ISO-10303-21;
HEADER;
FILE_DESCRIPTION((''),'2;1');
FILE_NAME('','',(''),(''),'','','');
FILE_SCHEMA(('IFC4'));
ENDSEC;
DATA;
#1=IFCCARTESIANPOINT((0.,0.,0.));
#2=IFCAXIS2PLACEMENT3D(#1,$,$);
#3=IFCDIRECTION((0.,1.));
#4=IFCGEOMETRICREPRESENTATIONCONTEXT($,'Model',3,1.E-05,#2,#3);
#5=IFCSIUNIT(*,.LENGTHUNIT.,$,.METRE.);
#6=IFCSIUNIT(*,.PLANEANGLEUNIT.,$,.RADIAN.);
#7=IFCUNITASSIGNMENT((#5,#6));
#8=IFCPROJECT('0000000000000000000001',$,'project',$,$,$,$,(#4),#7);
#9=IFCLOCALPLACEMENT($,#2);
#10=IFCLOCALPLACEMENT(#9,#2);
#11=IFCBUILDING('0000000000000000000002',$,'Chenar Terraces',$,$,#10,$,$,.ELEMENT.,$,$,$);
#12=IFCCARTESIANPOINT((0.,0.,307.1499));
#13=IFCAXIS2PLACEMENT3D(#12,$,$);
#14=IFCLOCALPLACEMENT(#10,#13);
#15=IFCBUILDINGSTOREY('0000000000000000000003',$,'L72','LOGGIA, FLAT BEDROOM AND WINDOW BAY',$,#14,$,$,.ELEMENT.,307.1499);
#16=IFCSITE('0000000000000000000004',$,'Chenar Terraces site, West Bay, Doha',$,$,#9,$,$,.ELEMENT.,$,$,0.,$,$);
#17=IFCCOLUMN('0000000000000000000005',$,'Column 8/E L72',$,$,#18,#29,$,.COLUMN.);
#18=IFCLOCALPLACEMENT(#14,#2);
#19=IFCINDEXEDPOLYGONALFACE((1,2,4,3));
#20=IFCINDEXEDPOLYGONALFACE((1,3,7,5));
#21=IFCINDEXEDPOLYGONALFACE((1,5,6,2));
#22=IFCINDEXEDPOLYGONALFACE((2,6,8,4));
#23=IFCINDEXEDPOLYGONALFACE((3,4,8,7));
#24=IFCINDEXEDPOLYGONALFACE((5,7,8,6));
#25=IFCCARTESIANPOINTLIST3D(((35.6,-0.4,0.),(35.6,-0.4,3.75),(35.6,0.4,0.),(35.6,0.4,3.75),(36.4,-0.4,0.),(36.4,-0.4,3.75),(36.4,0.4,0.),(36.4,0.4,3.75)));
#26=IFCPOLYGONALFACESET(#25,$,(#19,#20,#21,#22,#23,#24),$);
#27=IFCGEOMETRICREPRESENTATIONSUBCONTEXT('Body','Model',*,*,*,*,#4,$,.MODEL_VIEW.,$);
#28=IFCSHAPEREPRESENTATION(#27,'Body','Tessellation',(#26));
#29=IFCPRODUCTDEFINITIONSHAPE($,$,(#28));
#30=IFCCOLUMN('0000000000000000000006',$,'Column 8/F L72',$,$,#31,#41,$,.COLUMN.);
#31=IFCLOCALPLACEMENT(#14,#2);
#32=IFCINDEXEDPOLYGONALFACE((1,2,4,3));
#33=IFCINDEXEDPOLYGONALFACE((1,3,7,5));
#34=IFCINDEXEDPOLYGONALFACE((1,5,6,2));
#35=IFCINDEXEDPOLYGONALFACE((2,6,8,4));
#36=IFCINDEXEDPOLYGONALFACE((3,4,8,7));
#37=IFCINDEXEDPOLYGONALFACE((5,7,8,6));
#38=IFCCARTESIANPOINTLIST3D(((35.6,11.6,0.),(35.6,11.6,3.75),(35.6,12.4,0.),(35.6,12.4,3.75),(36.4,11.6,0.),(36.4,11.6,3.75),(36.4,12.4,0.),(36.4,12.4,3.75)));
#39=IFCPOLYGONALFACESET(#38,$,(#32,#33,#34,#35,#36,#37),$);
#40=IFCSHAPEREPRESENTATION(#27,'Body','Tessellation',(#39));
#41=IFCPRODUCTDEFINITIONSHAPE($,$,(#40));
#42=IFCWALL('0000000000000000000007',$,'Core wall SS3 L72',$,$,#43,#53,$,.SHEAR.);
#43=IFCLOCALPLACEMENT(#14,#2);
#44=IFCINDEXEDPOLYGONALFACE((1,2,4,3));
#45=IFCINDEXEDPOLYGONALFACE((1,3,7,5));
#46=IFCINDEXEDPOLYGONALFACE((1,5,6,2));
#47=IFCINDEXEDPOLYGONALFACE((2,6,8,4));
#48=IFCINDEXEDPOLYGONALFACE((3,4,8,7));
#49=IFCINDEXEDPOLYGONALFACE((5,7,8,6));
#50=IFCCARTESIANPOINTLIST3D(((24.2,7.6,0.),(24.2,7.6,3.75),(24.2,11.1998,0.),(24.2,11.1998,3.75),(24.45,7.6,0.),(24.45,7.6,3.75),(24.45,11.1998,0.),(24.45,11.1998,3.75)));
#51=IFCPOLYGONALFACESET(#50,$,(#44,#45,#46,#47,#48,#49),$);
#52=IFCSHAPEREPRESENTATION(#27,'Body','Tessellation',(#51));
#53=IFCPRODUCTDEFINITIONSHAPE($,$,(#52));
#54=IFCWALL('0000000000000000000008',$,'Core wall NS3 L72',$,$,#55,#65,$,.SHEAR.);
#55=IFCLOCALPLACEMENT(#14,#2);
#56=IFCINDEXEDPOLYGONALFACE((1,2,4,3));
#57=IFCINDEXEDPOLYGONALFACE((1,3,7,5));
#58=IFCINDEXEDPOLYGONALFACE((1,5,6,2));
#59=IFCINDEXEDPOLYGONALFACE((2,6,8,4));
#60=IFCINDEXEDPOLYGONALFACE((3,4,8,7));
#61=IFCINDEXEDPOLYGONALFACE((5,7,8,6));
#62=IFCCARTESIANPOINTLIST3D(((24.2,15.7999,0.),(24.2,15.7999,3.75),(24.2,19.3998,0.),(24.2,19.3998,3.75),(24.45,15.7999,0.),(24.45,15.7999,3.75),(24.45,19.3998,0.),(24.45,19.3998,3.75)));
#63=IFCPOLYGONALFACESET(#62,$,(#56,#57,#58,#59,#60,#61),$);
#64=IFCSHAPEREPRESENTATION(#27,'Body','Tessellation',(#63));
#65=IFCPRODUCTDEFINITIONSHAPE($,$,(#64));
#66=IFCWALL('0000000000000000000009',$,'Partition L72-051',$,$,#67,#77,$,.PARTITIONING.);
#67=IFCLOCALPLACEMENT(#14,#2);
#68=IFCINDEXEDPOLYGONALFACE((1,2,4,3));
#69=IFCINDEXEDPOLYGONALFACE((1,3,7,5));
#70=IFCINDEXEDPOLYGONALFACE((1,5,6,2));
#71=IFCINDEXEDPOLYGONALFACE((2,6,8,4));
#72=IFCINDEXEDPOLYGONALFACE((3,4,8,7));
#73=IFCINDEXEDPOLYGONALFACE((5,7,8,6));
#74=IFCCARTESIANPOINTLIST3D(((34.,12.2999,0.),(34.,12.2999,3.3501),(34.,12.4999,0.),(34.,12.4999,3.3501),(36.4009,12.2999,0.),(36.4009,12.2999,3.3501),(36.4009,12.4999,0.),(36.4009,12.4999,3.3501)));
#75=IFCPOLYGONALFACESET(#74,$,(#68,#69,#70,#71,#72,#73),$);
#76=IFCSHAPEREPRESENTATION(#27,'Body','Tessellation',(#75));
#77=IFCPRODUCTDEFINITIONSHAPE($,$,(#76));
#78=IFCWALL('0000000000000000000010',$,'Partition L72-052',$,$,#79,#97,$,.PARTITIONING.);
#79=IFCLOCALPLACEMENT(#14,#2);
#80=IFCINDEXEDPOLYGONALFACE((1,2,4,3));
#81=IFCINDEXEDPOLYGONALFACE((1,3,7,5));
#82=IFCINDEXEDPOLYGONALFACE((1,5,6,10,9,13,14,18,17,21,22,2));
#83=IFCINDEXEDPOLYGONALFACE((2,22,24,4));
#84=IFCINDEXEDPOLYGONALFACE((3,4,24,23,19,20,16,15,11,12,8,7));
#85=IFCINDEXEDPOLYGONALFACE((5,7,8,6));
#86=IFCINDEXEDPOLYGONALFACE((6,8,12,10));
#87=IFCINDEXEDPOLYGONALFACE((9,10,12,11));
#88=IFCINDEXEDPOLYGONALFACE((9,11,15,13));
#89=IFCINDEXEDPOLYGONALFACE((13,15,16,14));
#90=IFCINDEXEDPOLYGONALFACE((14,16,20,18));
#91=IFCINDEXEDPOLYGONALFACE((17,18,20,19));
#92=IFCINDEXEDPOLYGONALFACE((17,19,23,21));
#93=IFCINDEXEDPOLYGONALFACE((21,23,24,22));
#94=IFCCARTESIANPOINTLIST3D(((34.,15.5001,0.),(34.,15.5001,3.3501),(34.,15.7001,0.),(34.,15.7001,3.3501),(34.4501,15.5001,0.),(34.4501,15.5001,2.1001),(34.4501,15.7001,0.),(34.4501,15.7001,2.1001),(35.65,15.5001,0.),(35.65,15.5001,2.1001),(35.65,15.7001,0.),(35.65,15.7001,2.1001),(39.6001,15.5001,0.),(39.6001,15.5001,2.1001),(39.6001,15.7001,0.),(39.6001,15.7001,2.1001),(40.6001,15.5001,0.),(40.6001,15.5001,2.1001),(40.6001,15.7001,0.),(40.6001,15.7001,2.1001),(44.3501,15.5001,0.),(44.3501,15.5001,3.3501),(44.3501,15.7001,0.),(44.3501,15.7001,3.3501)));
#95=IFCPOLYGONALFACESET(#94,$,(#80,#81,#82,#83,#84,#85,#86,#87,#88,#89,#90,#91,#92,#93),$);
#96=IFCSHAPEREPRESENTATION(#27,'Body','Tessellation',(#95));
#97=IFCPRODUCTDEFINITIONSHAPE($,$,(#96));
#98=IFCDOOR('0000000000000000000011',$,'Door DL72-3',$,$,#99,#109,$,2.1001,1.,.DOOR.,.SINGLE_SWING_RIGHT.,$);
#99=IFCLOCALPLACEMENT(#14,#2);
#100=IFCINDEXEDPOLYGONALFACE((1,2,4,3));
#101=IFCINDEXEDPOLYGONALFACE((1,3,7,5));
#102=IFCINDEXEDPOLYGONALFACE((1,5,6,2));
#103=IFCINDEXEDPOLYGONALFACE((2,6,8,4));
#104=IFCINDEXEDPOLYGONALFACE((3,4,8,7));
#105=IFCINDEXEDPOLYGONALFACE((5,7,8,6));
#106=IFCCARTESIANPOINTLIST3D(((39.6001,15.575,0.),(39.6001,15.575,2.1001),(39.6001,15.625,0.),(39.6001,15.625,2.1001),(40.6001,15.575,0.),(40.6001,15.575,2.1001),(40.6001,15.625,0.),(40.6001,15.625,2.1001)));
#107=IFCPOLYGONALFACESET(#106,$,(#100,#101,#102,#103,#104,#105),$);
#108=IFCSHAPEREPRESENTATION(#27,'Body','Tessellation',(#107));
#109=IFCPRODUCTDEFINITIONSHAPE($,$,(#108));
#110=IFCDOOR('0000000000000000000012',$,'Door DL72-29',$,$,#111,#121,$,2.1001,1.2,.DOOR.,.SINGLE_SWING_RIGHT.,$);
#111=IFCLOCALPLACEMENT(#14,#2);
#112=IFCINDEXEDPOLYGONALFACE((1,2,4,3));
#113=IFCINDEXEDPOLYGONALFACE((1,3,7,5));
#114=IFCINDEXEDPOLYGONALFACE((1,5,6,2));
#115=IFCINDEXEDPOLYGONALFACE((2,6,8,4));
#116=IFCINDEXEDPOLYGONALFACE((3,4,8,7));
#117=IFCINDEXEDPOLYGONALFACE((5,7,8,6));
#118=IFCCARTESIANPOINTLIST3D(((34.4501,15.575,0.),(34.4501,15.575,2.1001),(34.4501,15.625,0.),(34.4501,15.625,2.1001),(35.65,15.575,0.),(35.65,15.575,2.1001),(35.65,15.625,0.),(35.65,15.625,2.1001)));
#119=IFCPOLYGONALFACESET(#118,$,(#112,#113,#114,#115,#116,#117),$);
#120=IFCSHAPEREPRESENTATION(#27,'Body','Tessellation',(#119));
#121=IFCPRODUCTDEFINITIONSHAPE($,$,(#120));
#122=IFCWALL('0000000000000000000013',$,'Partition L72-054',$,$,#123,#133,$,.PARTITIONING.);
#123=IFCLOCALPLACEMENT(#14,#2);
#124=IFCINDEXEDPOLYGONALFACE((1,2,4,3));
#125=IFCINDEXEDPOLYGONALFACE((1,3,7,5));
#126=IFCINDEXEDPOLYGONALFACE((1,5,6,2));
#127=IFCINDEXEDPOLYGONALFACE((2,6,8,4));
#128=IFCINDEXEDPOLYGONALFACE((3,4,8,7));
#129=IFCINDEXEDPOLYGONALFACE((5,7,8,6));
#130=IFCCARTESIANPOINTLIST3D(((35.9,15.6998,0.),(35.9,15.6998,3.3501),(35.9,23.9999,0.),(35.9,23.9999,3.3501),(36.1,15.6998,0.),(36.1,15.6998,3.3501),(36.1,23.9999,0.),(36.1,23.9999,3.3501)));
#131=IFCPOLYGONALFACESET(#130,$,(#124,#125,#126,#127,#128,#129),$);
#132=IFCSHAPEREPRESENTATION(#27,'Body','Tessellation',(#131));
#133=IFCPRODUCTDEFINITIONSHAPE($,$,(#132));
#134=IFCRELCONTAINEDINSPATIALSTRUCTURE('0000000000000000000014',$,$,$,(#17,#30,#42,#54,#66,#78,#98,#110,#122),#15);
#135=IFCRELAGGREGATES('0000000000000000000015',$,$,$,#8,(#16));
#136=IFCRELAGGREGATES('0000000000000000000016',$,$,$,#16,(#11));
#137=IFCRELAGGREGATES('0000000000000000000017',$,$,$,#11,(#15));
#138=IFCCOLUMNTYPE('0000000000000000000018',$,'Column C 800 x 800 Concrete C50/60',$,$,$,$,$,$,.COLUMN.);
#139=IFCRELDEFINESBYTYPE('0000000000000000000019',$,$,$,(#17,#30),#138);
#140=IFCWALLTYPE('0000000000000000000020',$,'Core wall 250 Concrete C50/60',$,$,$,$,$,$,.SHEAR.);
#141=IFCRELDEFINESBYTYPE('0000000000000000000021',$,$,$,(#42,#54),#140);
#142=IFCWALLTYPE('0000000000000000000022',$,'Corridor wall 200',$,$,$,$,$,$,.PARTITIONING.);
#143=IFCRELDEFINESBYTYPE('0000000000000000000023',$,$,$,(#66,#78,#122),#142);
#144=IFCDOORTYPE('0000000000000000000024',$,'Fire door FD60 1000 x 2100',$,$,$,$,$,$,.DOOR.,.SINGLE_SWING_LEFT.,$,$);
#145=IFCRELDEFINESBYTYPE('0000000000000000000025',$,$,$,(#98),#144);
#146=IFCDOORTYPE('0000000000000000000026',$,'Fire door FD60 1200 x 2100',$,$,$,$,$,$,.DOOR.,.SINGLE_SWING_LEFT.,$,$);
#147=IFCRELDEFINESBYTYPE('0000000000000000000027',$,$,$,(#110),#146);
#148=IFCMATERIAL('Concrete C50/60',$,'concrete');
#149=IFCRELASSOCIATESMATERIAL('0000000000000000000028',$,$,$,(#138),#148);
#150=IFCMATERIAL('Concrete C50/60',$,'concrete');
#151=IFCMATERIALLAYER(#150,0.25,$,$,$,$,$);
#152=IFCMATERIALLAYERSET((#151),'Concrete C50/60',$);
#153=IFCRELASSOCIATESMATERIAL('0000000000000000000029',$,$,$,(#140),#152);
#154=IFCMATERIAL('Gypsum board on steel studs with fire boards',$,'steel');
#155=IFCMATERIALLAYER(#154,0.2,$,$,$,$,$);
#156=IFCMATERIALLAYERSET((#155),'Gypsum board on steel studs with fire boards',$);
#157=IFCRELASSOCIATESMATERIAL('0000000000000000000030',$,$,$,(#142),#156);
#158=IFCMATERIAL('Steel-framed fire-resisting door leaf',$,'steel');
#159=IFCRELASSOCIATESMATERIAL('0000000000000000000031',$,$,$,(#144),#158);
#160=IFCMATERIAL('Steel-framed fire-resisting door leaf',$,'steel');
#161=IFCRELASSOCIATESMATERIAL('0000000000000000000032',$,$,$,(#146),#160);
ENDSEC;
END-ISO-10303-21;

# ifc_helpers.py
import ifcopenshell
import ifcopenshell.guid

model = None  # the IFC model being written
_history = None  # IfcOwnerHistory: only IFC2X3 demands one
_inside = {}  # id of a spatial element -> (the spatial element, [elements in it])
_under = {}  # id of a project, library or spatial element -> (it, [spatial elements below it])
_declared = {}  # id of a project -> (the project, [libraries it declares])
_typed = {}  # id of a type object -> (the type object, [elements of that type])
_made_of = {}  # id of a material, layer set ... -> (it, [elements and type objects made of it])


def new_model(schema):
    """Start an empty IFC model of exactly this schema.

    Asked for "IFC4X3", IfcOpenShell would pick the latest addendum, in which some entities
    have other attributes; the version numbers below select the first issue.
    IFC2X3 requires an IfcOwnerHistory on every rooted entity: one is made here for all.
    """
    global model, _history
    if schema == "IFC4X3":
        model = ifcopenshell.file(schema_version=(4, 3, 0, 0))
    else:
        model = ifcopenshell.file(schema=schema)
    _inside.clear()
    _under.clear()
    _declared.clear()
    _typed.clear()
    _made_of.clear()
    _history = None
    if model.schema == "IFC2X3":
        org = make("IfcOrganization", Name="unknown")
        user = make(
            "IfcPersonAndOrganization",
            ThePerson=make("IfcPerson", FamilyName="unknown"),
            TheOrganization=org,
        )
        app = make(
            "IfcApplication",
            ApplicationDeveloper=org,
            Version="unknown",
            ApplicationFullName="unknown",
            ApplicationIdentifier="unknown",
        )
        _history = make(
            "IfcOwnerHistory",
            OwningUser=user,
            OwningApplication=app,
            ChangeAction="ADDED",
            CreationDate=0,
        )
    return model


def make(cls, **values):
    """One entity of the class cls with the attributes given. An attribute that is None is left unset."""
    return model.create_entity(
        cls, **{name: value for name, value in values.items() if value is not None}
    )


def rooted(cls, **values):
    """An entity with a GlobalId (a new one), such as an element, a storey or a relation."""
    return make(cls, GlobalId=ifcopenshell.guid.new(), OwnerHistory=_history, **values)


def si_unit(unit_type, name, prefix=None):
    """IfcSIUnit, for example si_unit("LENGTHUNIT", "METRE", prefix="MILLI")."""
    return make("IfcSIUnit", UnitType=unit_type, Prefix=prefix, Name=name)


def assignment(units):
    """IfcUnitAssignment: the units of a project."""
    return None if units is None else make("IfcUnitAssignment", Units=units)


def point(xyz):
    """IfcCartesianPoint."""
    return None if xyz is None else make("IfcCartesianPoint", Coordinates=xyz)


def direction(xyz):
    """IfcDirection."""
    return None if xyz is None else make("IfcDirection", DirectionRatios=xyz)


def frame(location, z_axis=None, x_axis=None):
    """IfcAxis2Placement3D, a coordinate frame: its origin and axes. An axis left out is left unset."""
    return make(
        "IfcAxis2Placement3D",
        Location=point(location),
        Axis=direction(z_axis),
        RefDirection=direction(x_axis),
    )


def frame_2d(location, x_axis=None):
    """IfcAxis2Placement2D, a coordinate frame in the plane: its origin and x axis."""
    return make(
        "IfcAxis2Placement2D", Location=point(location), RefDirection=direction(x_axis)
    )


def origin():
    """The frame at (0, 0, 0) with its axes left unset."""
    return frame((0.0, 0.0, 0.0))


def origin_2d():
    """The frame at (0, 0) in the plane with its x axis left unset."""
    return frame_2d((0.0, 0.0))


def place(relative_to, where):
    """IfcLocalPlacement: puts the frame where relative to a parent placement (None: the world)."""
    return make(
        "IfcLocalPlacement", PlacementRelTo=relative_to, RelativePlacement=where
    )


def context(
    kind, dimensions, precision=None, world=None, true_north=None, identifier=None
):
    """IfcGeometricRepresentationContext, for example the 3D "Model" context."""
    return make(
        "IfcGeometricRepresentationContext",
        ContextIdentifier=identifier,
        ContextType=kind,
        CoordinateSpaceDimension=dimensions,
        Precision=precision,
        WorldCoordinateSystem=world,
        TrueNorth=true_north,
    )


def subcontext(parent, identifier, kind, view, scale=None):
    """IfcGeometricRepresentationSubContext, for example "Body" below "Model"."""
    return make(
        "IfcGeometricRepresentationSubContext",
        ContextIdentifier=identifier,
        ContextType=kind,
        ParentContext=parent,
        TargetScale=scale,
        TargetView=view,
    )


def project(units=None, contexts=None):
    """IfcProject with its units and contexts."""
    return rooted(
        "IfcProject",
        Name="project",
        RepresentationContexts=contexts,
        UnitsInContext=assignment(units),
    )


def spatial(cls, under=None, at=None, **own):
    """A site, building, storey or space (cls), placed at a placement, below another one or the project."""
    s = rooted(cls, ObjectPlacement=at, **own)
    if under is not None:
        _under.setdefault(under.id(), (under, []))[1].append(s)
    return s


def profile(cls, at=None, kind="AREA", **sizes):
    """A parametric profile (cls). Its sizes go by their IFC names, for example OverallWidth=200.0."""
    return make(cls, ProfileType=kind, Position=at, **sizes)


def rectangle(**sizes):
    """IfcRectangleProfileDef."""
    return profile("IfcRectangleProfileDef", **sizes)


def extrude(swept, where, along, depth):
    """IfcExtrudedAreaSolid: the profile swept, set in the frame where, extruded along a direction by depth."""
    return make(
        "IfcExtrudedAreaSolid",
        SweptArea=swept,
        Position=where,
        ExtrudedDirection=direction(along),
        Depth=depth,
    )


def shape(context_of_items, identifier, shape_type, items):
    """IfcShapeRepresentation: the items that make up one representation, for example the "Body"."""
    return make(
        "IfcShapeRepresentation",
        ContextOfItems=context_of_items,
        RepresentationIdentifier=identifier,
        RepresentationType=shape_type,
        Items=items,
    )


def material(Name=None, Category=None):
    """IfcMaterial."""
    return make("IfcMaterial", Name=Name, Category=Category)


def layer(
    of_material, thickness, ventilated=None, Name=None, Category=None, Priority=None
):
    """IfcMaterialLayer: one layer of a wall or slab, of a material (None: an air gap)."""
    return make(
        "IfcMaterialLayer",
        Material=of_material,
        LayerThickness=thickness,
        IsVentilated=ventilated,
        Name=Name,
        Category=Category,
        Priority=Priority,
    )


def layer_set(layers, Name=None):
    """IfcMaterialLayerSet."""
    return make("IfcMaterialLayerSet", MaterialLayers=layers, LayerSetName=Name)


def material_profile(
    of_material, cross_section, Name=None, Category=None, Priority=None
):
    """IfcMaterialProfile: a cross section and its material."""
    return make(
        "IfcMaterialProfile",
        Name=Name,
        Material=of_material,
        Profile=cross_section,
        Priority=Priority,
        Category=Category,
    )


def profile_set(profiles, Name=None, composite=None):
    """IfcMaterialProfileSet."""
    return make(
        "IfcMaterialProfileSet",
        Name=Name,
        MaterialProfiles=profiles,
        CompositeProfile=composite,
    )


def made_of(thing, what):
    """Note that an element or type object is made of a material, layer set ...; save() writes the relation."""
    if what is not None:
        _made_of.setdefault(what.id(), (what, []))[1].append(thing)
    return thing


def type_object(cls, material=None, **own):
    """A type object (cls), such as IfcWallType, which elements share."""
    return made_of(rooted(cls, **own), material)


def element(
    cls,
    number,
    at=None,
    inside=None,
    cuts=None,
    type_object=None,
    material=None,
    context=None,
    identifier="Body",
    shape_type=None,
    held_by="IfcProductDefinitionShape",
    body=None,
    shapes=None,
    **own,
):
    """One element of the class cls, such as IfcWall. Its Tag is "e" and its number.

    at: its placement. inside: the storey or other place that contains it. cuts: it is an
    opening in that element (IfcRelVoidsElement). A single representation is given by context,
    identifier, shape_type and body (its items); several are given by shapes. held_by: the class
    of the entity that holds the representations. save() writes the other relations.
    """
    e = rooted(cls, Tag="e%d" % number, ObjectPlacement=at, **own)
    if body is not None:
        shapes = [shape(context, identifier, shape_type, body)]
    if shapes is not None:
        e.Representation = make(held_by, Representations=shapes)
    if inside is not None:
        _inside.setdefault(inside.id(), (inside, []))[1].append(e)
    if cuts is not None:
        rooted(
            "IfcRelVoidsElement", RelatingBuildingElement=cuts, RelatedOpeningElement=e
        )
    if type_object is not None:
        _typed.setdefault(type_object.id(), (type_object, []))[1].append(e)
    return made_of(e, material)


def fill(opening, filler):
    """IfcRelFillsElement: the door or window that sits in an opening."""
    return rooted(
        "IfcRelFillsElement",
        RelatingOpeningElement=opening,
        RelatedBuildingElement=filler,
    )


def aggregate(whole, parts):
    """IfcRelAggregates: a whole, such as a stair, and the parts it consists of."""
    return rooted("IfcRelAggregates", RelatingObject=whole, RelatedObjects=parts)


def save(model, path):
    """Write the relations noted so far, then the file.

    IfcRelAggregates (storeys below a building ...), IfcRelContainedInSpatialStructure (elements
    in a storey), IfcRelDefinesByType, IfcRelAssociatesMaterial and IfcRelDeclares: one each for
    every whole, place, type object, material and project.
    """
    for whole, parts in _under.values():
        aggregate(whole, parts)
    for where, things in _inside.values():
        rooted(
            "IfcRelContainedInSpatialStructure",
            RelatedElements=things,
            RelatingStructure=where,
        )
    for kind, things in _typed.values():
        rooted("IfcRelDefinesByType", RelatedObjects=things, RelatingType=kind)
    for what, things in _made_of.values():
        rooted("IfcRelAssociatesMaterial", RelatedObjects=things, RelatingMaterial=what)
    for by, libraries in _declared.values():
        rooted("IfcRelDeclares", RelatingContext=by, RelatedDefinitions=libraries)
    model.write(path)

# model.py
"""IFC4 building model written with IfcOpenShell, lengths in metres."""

from ifc_helpers import new_model, si_unit, direction, frame, frame_2d, origin, origin_2d, place, context, subcontext, project, spatial, rectangle, extrude, material, layer, layer_set, material_profile, profile_set, type_object, element, fill, save


model = new_model("IFC4")

# Units and contexts
model_context = context("Model", 3, precision=1e-05, world=origin(), true_north=direction((0.0, 1.0)))
body_context = subcontext(model_context, "Body", "Model", "MODEL_VIEW")
ifc_project = project(units=[si_unit("LENGTHUNIT", "METRE"), si_unit("PLANEANGLEUNIT", "RADIAN")], contexts=[model_context])

# Site, building, storey
site_placement = place(None, origin())
site = spatial("IfcSite", under=ifc_project, at=site_placement, Name="Chenar Terraces site, West Bay, Doha", CompositionType="ELEMENT", RefElevation=0.0)
building_placement = place(site_placement, origin())
building = spatial("IfcBuilding", under=site, at=building_placement, Name="Chenar Terraces", CompositionType="ELEMENT")
storey_placement = place(building_placement, frame((0.0, 0.0, 307.1499)))
storey = spatial("IfcBuildingStorey", under=building, at=storey_placement, Name="L72", Description="LOGGIA, FLAT BEDROOM AND WINDOW BAY", CompositionType="ELEMENT", Elevation=307.1499)

# Columns
ifc_material_1 = material(Name="Concrete C50/60", Category="concrete")
ifc_material_profile = material_profile(ifc_material_1, rectangle(XDim=0.8, YDim=0.8, at=origin_2d()), Name="C 800 x 800")
ifc_profile_set = profile_set([ifc_material_profile], Name="Concrete C50/60")
column_type = type_object("IfcColumnType", Name="Column C 800 x 800 Concrete C50/60", PredefinedType="COLUMN", material=ifc_profile_set)
for number, where, z_axis, x_axis, name in (
    (1, (36.0, 0.0, 0.0), (0.0, 0.0, 1.0), (1.0, 0.0, 0.0), "Column 8/E L72"),
    (2, (36.0, 12.0, 0.0), (0.0, 0.0, 1.0), (1.0, 0.0, 0.0), "Column 8/F L72"),
):
    element("IfcColumn", number, at=place(storey_placement, frame(where, z_axis=z_axis, x_axis=x_axis)), inside=storey, type_object=column_type, Name=name, PredefinedType="COLUMN", context=body_context, shape_type="SweptSolid", body=[
        extrude(rectangle(XDim=0.8, YDim=0.8, at=origin_2d()), origin(), (0.0, 0.0, 1.0), 3.75),
    ])

# Walls
ifc_material_2 = material(Name="Concrete C50/60", Category="concrete")
ifc_layer_1 = layer(ifc_material_2, 0.25)
ifc_layer_set_1 = layer_set([ifc_layer_1], Name="Concrete C50/60")
wall_type_1 = type_object("IfcWallType", Name="Core wall 250 Concrete C50/60", PredefinedType="SHEAR", material=ifc_layer_set_1)
for number, where, z_axis, x_axis, name in (
    (3, (24.325, 7.6001, 0.0), (0.0, 0.0, 1.0), (0.0, 1.0, 0.0), "Core wall SS3 L72"),
    (4, (24.325, 15.8, 0.0), (0.0, 0.0, 1.0), (0.0, 1.0, 0.0), "Core wall NS3 L72"),
):
    element("IfcWall", number, at=place(storey_placement, frame(where, z_axis=z_axis, x_axis=x_axis)), inside=storey, type_object=wall_type_1, Name=name, PredefinedType="SHEAR", context=body_context, shape_type="SweptSolid", body=[
        extrude(rectangle(XDim=3.5999, YDim=0.25, at=frame_2d((1.7998, 0.0))), origin(), (0.0, 0.0, 1.0), 3.75),
    ])

# Wall
ifc_material_3 = material(Name="Gypsum board on steel studs with fire boards", Category="steel")
ifc_layer_2 = layer(ifc_material_3, 0.2)
ifc_layer_set_2 = layer_set([ifc_layer_2], Name="Gypsum board on steel studs with fire boards")
wall_type_2 = type_object("IfcWallType", Name="Corridor wall 200", PredefinedType="PARTITIONING", material=ifc_layer_set_2)
wall_1_placement = place(storey_placement, frame((34.0, 12.3999, 0.0), z_axis=(0.0, 0.0, 1.0), x_axis=(1.0, 0.0, 0.0)))
element("IfcWall", 5, at=wall_1_placement, inside=storey, type_object=wall_type_2, Name="Partition L72-051", PredefinedType="PARTITIONING", context=body_context, shape_type="SweptSolid", body=[
    extrude(rectangle(XDim=2.4009, YDim=0.2, at=frame_2d((1.2004, 0.0))), origin(), (0.0, 0.0, 1.0), 3.3501),
])

# Wall, openings, doors
wall_2_placement = place(storey_placement, frame((34.0, 15.6001, 0.0), z_axis=(0.0, 0.0, 1.0), x_axis=(1.0, 0.0, 0.0)))
wall_2 = element("IfcWall", 6, at=wall_2_placement, inside=storey, type_object=wall_type_2, Name="Partition L72-052", PredefinedType="PARTITIONING", context=body_context, shape_type="SweptSolid", body=[
    extrude(rectangle(XDim=10.3501, YDim=0.2, at=frame_2d((5.175, 0.0))), origin(), (0.0, 0.0, 1.0), 3.3501),
])
opening_1_placement = place(wall_2_placement, frame((5.6001, 0.0, 0.0)))
opening_1 = element("IfcOpeningElement", 7, at=opening_1_placement, cuts=wall_2, PredefinedType="OPENING", context=body_context, shape_type="SweptSolid", body=[
    extrude(rectangle(XDim=1.0, YDim=2.1001, at=frame_2d((0.5, 1.05))), frame((0.0, 0.1099, 0.0), z_axis=(0.0, -1.0, 0.0), x_axis=(1.0, 0.0, 0.0)), (0.0, 0.0, 1.0), 0.22),
])
opening_2_placement = place(wall_2_placement, frame((0.45, 0.0, 0.0)))
opening_2 = element("IfcOpeningElement", 8, at=opening_2_placement, cuts=wall_2, PredefinedType="OPENING", context=body_context, shape_type="SweptSolid", body=[
    extrude(rectangle(XDim=1.2, YDim=2.1001, at=frame_2d((0.6001, 1.05))), frame((0.0, 0.1099, 0.0), z_axis=(0.0, -1.0, 0.0), x_axis=(1.0, 0.0, 0.0)), (0.0, 0.0, 1.0), 0.22),
])
ifc_material_4 = material(Name="Steel-framed fire-resisting door leaf", Category="steel")
door_type_1 = type_object("IfcDoorType", Name="Fire door FD60 1000 x 2100", OperationType="SINGLE_SWING_LEFT", PredefinedType="DOOR", material=ifc_material_4)
door_1_placement = place(opening_1_placement, origin())
door_1 = element("IfcDoor", 9, at=door_1_placement, inside=storey, type_object=door_type_1, Name="Door DL72-3", OperationType="SINGLE_SWING_RIGHT", OverallHeight=2.1001, OverallWidth=1.0, PredefinedType="DOOR", context=body_context, shape_type="SweptSolid", body=[
    extrude(rectangle(XDim=1.0, YDim=2.1001, at=frame_2d((0.5, 1.05))), frame((0.0, 0.0249, 0.0), z_axis=(0.0, -1.0, 0.0), x_axis=(1.0, 0.0, 0.0)), (0.0, 0.0, 1.0), 0.05),
])
fill(opening_1, door_1)
ifc_material_5 = material(Name="Steel-framed fire-resisting door leaf", Category="steel")
door_type_2 = type_object("IfcDoorType", Name="Fire door FD60 1200 x 2100", OperationType="SINGLE_SWING_LEFT", PredefinedType="DOOR", material=ifc_material_5)
door_2_placement = place(opening_2_placement, origin())
door_2 = element("IfcDoor", 10, at=door_2_placement, inside=storey, type_object=door_type_2, Name="Door DL72-29", OperationType="SINGLE_SWING_RIGHT", OverallHeight=2.1001, OverallWidth=1.2, PredefinedType="DOOR", context=body_context, shape_type="SweptSolid", body=[
    extrude(rectangle(XDim=1.2, YDim=2.1001, at=frame_2d((0.6001, 1.05))), frame((0.0, 0.0249, 0.0), z_axis=(0.0, -1.0, 0.0), x_axis=(1.0, 0.0, 0.0)), (0.0, 0.0, 1.0), 0.05),
])
fill(opening_2, door_2)

# Wall
wall_3_placement = place(storey_placement, frame((36.0, 15.7, 0.0), z_axis=(0.0, 0.0, 1.0), x_axis=(0.0, 1.0, 0.0)))
element("IfcWall", 11, at=wall_3_placement, inside=storey, type_object=wall_type_2, Name="Partition L72-054", PredefinedType="PARTITIONING", context=body_context, shape_type="SweptSolid", body=[
    extrude(rectangle(XDim=8.3, YDim=0.2, at=frame_2d((4.1499, 0.0))), origin(), (0.0, 0.0, 1.0), 3.3501),
])

save(model, "model.ifc")
